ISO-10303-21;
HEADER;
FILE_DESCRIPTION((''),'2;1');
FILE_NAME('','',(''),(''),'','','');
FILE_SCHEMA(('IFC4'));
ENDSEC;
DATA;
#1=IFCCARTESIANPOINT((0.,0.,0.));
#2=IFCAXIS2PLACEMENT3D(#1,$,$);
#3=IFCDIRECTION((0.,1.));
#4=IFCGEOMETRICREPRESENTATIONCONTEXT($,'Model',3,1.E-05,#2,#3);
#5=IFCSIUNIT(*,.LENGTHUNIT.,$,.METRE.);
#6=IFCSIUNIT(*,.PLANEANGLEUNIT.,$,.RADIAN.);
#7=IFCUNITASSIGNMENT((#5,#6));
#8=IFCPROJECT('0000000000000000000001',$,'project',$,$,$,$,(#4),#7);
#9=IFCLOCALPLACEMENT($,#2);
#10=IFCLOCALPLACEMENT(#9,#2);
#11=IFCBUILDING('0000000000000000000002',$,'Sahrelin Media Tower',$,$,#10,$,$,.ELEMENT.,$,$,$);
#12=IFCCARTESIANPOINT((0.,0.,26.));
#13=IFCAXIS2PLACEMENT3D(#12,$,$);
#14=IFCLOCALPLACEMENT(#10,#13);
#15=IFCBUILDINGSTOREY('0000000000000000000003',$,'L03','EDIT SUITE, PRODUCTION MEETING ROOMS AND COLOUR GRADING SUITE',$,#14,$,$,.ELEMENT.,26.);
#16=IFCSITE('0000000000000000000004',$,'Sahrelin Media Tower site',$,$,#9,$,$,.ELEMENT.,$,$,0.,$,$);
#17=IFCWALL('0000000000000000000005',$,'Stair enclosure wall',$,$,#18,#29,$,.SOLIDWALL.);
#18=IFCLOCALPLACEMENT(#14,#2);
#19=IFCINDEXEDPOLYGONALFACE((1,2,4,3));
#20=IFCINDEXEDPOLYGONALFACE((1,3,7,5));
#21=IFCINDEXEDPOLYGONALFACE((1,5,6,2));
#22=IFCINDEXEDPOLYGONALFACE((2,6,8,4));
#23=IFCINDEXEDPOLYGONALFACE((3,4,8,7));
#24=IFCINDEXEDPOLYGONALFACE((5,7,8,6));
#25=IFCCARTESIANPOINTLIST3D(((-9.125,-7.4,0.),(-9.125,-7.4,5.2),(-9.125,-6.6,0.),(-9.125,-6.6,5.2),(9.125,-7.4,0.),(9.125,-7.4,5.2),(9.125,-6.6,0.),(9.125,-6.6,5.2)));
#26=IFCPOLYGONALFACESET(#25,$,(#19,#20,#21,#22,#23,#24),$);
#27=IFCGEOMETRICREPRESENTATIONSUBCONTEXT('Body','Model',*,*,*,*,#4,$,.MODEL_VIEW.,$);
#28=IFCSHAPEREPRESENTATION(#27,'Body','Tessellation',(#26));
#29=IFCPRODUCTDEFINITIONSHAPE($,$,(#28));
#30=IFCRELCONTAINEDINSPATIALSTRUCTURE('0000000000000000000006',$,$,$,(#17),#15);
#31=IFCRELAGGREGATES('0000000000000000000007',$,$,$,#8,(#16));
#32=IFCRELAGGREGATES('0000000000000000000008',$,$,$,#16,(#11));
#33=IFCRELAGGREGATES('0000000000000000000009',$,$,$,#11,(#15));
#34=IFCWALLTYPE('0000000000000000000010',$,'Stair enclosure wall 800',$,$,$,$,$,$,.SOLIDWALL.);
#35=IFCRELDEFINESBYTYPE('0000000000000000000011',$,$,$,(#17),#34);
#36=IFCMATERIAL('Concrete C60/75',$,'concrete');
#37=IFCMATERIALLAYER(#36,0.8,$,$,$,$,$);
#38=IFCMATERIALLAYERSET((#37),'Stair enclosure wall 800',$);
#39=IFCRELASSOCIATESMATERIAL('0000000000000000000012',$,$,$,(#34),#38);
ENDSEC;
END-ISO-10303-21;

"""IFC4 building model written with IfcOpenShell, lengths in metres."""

from ifc_helpers import new_model, si_unit, direction, frame, frame_2d, origin, place, context, subcontext, project, spatial, rectangle, extrude, material, layer, layer_set, type_object, element, save


model = new_model("IFC4")

# Units and contexts
model_context = context("Model", 3, precision=1e-05, world=origin(), true_north=direction((0.0, 1.0)))
body_context = subcontext(model_context, "Body", "Model", "MODEL_VIEW")
ifc_project = project(units=[si_unit("LENGTHUNIT", "METRE"), si_unit("PLANEANGLEUNIT", "RADIAN")], contexts=[model_context])

# Site, building, storey
site_placement = place(None, origin())
site = spatial("IfcSite", under=ifc_project, at=site_placement, Name="Sahrelin Media Tower site", CompositionType="ELEMENT", RefElevation=0.0)
building_placement = place(site_placement, origin())
building = spatial("IfcBuilding", under=site, at=building_placement, Name="Sahrelin Media Tower", CompositionType="ELEMENT")
storey_placement = place(building_placement, frame((0.0, 0.0, 26.0)))
storey = spatial("IfcBuildingStorey", under=building, at=storey_placement, Name="L03", Description="EDIT SUITE, PRODUCTION MEETING ROOMS AND COLOUR GRADING SUITE", CompositionType="ELEMENT", Elevation=26.0)

# Shared definitions
ifc_material_1 = material(Name="Concrete C60/75", Category="concrete")

# Wall
ifc_layer_1 = layer(ifc_material_1, 0.8)
ifc_layer_set_1 = layer_set([ifc_layer_1], Name="Stair enclosure wall 800")
wall_type_1 = type_object("IfcWallType", Name="Stair enclosure wall 800", PredefinedType="SOLIDWALL", material=ifc_layer_set_1)
wall_1_placement = place(storey_placement, frame((-9.125, -7.0, 0.0), z_axis=(0.0, 0.0, 1.0), x_axis=(1.0, 0.0, 0.0)))
element("IfcWall", 1, at=wall_1_placement, inside=storey, type_object=wall_type_1, Name="Stair enclosure wall", PredefinedType="SOLIDWALL", context=body_context, shape_type="SweptSolid", body=[
    extrude(rectangle(XDim=18.25, YDim=0.8, at=frame_2d((9.125, 0.0))), origin(), (0.0, 0.0, 1.0), 5.2),
])

save(model, "model.ifc")
